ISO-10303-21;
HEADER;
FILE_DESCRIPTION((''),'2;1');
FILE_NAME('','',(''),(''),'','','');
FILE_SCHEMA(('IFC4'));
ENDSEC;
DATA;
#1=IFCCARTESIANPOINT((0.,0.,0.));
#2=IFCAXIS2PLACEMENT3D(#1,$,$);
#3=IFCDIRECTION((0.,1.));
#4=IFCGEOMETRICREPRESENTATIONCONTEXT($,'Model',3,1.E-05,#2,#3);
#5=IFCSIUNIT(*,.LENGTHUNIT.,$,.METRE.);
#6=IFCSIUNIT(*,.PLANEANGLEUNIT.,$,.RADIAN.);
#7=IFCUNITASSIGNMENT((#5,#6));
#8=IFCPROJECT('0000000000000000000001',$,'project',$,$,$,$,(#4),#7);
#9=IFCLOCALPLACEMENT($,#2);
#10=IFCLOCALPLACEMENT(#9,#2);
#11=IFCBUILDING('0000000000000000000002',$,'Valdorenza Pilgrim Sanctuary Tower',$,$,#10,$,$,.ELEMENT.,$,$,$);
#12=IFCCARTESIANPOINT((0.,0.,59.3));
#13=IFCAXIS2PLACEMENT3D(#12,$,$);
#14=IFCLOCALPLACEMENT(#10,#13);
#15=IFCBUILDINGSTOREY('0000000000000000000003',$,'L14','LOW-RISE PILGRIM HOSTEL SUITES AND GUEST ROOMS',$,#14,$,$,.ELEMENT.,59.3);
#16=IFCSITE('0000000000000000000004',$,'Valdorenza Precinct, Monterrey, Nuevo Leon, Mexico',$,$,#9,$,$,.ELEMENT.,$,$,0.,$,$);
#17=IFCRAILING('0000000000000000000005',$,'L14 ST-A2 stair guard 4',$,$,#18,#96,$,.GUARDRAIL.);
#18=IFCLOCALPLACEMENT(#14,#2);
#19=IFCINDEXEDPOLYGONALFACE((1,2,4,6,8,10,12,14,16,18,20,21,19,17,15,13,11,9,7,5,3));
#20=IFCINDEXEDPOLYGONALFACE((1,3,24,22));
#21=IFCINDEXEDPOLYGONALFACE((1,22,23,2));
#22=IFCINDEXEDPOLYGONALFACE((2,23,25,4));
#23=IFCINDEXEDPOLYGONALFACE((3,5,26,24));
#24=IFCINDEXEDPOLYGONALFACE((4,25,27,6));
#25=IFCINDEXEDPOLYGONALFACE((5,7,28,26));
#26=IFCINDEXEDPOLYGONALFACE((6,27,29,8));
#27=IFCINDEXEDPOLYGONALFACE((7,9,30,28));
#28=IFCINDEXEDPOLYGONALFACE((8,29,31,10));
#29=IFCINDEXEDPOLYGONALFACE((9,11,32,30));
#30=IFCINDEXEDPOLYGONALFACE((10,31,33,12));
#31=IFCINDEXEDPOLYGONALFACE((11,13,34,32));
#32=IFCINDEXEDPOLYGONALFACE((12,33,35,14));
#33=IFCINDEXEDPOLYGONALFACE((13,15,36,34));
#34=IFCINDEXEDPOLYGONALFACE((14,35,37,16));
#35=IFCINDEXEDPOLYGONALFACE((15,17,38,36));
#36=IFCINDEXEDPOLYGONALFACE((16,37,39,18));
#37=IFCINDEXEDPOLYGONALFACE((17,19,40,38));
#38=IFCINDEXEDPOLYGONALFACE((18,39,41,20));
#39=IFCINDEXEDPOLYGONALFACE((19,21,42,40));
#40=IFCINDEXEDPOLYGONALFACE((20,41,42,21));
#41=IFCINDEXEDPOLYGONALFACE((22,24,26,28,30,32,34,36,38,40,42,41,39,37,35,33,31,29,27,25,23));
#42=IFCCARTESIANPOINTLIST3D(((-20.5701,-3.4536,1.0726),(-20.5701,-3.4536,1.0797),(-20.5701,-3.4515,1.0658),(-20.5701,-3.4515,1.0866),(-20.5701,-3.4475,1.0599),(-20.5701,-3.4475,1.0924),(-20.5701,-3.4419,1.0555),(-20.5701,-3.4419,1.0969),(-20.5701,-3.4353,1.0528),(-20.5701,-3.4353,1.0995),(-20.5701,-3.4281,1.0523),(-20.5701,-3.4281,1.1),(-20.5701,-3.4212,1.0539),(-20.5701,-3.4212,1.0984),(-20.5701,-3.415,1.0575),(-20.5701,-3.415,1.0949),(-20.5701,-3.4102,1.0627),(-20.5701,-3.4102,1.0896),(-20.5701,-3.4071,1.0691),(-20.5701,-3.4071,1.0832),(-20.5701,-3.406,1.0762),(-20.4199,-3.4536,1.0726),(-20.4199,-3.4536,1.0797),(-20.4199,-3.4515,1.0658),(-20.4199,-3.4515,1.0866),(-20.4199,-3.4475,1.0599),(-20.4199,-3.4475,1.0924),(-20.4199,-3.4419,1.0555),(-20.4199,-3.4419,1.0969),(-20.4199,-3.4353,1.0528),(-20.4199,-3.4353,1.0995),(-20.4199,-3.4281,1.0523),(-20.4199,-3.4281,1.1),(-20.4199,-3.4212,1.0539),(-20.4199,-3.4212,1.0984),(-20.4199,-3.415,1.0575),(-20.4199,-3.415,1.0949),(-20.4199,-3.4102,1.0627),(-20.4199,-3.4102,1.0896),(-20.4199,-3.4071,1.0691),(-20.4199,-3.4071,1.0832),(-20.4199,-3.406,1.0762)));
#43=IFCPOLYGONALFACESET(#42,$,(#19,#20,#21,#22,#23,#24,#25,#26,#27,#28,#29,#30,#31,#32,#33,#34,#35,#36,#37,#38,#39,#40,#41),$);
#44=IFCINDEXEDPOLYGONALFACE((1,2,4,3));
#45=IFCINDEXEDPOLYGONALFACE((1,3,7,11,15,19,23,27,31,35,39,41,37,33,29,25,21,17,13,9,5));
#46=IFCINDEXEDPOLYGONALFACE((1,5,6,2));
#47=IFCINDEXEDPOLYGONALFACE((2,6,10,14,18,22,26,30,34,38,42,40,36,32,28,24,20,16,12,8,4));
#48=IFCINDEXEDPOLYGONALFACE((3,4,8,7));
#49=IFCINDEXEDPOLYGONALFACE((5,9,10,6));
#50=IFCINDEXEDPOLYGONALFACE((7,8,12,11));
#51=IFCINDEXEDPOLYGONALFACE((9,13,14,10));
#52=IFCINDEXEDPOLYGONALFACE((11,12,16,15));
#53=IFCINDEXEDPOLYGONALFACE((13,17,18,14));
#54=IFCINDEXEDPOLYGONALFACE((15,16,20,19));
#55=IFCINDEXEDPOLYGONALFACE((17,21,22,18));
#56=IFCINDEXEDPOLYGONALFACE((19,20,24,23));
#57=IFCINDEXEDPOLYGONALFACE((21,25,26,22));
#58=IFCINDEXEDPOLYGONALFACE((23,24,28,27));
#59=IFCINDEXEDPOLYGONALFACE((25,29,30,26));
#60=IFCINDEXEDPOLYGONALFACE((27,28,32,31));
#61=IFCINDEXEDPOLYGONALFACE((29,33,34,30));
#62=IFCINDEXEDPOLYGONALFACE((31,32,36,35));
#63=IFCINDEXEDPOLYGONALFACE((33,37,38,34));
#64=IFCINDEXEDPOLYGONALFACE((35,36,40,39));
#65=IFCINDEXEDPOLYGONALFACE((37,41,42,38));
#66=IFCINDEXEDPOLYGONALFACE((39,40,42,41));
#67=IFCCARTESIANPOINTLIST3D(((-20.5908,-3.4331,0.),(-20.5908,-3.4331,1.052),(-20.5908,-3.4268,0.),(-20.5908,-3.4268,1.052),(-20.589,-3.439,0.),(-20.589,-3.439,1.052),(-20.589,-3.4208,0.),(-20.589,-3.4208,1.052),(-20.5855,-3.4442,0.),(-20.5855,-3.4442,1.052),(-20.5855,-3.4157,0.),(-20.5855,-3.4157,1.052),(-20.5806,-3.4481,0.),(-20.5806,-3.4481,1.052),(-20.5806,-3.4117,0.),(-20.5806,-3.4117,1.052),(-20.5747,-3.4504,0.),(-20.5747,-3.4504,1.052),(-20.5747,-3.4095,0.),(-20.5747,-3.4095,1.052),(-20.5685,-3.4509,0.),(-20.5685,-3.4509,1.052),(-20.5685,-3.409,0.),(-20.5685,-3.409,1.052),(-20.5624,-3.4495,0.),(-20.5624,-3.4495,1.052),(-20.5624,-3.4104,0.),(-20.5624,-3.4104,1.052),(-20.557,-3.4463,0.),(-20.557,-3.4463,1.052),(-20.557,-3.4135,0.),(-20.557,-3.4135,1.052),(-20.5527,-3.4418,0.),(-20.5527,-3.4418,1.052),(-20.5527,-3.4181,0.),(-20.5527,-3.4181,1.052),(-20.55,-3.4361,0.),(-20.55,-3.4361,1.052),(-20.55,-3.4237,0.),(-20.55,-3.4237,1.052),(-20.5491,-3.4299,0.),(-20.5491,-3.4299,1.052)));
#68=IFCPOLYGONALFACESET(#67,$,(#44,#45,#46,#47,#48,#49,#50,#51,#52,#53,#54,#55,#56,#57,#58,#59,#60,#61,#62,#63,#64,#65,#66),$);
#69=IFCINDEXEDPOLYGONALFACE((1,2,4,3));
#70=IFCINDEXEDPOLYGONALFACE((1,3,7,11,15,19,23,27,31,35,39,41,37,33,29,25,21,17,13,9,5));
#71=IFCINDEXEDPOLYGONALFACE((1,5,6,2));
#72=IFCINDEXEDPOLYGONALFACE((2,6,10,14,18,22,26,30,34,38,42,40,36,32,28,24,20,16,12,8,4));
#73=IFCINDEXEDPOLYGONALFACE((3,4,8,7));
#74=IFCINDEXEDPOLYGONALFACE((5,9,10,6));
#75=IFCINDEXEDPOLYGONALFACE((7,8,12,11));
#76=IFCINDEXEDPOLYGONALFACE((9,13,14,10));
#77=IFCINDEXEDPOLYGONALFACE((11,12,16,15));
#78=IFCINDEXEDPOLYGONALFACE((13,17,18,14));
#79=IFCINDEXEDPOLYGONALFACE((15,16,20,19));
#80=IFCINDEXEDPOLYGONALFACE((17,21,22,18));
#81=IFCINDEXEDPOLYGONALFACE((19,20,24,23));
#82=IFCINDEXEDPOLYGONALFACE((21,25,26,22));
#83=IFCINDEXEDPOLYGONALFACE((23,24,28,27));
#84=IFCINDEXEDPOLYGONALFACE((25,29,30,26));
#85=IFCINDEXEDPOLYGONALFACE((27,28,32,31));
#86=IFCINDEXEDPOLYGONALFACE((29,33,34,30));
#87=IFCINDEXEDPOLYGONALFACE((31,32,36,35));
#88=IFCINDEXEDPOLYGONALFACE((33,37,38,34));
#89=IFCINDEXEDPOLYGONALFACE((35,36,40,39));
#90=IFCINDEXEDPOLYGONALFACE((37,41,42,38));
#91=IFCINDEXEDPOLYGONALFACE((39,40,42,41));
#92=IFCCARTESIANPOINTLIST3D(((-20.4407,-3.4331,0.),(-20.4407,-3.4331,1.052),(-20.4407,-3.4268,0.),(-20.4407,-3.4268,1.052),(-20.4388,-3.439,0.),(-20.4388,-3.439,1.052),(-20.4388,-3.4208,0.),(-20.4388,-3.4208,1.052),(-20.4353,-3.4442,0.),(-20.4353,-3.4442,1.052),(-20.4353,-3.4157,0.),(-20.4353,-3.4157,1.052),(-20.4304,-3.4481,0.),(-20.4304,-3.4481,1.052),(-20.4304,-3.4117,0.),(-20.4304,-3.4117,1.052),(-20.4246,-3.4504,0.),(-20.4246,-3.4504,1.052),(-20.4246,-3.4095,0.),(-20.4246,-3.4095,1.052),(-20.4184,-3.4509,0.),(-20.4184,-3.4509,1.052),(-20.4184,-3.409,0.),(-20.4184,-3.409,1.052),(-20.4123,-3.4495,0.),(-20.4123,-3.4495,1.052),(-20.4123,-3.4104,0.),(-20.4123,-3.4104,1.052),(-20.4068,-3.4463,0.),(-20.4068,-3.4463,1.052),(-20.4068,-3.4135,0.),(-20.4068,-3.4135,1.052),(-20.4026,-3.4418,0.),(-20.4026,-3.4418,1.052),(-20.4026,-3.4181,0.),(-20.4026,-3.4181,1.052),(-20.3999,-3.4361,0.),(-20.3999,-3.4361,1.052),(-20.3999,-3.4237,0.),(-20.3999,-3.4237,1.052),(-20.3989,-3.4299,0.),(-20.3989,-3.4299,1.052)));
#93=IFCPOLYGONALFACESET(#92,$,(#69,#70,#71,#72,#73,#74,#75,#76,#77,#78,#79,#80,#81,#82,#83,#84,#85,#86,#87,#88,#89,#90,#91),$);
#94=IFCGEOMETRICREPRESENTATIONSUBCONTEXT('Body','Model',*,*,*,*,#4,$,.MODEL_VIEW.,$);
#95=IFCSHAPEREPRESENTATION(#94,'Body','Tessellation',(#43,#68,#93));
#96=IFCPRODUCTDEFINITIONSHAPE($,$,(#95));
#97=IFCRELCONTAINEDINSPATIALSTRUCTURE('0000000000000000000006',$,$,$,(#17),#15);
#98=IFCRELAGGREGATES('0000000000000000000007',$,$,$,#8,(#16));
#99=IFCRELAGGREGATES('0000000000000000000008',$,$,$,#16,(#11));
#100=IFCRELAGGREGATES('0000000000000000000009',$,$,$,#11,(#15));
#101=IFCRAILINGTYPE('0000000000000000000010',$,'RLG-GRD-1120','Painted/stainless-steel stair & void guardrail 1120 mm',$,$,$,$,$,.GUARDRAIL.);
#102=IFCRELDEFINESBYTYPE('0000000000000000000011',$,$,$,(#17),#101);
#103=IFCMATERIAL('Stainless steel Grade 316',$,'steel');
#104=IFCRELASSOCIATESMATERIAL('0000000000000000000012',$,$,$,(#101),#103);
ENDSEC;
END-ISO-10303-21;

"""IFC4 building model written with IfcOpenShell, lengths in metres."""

from ifc_helpers import new_model, si_unit, direction, frame, origin, origin_2d, place, context, subcontext, project, spatial, circle, extrude, material, type_object, element, save


model = new_model("IFC4")

# Units and contexts
model_context = context("Model", 3, precision=1e-05, world=origin(), true_north=direction((0.0, 1.0)))
body_context = subcontext(model_context, "Body", "Model", "MODEL_VIEW")
ifc_project = project(units=[si_unit("LENGTHUNIT", "METRE"), si_unit("PLANEANGLEUNIT", "RADIAN")], contexts=[model_context])

# Site, building, storey
site_placement = place(None, origin())
site = spatial("IfcSite", under=ifc_project, at=site_placement, Name="Valdorenza Precinct, Monterrey, Nuevo Leon, Mexico", CompositionType="ELEMENT", RefElevation=0.0)
building_placement = place(site_placement, origin())
building = spatial("IfcBuilding", under=site, at=building_placement, Name="Valdorenza Pilgrim Sanctuary Tower", CompositionType="ELEMENT")
storey_placement = place(building_placement, frame((0.0, 0.0, 59.3)))
storey = spatial("IfcBuildingStorey", under=building, at=storey_placement, Name="L14", Description="LOW-RISE PILGRIM HOSTEL SUITES AND GUEST ROOMS", CompositionType="ELEMENT", Elevation=59.3)

# Railing
ifc_material_1 = material(Name="Stainless steel Grade 316", Category="steel")
railing_type_1 = type_object("IfcRailingType", Name="RLG-GRD-1120", Description="Painted/stainless-steel stair & void guardrail 1120 mm", PredefinedType="GUARDRAIL", material=ifc_material_1)
railing_1_placement = place(storey_placement, frame((-20.5701, -3.4299, 0.0)))
element("IfcRailing", 1, at=railing_1_placement, inside=storey, type_object=railing_type_1, Name="L14 ST-A2 stair guard 4", PredefinedType="GUARDRAIL", context=body_context, shape_type="SweptSolid", body=[
    extrude(circle(Radius=0.0239, at=origin_2d()), frame((0.0, 0.0, 1.0762), z_axis=(1.0, 0.0, 0.0), x_axis=(0.0, 1.0, 0.0)), (0.0, 0.0, 1.0), 0.1501),
    extrude(circle(Radius=0.021, at=origin_2d()), origin(), (0.0, 0.0, 1.0), 1.052),
    extrude(circle(Radius=0.021, at=origin_2d()), frame((0.1501, 0.0, 0.0)), (0.0, 0.0, 1.0), 1.052),
])

save(model, "model.ifc")
